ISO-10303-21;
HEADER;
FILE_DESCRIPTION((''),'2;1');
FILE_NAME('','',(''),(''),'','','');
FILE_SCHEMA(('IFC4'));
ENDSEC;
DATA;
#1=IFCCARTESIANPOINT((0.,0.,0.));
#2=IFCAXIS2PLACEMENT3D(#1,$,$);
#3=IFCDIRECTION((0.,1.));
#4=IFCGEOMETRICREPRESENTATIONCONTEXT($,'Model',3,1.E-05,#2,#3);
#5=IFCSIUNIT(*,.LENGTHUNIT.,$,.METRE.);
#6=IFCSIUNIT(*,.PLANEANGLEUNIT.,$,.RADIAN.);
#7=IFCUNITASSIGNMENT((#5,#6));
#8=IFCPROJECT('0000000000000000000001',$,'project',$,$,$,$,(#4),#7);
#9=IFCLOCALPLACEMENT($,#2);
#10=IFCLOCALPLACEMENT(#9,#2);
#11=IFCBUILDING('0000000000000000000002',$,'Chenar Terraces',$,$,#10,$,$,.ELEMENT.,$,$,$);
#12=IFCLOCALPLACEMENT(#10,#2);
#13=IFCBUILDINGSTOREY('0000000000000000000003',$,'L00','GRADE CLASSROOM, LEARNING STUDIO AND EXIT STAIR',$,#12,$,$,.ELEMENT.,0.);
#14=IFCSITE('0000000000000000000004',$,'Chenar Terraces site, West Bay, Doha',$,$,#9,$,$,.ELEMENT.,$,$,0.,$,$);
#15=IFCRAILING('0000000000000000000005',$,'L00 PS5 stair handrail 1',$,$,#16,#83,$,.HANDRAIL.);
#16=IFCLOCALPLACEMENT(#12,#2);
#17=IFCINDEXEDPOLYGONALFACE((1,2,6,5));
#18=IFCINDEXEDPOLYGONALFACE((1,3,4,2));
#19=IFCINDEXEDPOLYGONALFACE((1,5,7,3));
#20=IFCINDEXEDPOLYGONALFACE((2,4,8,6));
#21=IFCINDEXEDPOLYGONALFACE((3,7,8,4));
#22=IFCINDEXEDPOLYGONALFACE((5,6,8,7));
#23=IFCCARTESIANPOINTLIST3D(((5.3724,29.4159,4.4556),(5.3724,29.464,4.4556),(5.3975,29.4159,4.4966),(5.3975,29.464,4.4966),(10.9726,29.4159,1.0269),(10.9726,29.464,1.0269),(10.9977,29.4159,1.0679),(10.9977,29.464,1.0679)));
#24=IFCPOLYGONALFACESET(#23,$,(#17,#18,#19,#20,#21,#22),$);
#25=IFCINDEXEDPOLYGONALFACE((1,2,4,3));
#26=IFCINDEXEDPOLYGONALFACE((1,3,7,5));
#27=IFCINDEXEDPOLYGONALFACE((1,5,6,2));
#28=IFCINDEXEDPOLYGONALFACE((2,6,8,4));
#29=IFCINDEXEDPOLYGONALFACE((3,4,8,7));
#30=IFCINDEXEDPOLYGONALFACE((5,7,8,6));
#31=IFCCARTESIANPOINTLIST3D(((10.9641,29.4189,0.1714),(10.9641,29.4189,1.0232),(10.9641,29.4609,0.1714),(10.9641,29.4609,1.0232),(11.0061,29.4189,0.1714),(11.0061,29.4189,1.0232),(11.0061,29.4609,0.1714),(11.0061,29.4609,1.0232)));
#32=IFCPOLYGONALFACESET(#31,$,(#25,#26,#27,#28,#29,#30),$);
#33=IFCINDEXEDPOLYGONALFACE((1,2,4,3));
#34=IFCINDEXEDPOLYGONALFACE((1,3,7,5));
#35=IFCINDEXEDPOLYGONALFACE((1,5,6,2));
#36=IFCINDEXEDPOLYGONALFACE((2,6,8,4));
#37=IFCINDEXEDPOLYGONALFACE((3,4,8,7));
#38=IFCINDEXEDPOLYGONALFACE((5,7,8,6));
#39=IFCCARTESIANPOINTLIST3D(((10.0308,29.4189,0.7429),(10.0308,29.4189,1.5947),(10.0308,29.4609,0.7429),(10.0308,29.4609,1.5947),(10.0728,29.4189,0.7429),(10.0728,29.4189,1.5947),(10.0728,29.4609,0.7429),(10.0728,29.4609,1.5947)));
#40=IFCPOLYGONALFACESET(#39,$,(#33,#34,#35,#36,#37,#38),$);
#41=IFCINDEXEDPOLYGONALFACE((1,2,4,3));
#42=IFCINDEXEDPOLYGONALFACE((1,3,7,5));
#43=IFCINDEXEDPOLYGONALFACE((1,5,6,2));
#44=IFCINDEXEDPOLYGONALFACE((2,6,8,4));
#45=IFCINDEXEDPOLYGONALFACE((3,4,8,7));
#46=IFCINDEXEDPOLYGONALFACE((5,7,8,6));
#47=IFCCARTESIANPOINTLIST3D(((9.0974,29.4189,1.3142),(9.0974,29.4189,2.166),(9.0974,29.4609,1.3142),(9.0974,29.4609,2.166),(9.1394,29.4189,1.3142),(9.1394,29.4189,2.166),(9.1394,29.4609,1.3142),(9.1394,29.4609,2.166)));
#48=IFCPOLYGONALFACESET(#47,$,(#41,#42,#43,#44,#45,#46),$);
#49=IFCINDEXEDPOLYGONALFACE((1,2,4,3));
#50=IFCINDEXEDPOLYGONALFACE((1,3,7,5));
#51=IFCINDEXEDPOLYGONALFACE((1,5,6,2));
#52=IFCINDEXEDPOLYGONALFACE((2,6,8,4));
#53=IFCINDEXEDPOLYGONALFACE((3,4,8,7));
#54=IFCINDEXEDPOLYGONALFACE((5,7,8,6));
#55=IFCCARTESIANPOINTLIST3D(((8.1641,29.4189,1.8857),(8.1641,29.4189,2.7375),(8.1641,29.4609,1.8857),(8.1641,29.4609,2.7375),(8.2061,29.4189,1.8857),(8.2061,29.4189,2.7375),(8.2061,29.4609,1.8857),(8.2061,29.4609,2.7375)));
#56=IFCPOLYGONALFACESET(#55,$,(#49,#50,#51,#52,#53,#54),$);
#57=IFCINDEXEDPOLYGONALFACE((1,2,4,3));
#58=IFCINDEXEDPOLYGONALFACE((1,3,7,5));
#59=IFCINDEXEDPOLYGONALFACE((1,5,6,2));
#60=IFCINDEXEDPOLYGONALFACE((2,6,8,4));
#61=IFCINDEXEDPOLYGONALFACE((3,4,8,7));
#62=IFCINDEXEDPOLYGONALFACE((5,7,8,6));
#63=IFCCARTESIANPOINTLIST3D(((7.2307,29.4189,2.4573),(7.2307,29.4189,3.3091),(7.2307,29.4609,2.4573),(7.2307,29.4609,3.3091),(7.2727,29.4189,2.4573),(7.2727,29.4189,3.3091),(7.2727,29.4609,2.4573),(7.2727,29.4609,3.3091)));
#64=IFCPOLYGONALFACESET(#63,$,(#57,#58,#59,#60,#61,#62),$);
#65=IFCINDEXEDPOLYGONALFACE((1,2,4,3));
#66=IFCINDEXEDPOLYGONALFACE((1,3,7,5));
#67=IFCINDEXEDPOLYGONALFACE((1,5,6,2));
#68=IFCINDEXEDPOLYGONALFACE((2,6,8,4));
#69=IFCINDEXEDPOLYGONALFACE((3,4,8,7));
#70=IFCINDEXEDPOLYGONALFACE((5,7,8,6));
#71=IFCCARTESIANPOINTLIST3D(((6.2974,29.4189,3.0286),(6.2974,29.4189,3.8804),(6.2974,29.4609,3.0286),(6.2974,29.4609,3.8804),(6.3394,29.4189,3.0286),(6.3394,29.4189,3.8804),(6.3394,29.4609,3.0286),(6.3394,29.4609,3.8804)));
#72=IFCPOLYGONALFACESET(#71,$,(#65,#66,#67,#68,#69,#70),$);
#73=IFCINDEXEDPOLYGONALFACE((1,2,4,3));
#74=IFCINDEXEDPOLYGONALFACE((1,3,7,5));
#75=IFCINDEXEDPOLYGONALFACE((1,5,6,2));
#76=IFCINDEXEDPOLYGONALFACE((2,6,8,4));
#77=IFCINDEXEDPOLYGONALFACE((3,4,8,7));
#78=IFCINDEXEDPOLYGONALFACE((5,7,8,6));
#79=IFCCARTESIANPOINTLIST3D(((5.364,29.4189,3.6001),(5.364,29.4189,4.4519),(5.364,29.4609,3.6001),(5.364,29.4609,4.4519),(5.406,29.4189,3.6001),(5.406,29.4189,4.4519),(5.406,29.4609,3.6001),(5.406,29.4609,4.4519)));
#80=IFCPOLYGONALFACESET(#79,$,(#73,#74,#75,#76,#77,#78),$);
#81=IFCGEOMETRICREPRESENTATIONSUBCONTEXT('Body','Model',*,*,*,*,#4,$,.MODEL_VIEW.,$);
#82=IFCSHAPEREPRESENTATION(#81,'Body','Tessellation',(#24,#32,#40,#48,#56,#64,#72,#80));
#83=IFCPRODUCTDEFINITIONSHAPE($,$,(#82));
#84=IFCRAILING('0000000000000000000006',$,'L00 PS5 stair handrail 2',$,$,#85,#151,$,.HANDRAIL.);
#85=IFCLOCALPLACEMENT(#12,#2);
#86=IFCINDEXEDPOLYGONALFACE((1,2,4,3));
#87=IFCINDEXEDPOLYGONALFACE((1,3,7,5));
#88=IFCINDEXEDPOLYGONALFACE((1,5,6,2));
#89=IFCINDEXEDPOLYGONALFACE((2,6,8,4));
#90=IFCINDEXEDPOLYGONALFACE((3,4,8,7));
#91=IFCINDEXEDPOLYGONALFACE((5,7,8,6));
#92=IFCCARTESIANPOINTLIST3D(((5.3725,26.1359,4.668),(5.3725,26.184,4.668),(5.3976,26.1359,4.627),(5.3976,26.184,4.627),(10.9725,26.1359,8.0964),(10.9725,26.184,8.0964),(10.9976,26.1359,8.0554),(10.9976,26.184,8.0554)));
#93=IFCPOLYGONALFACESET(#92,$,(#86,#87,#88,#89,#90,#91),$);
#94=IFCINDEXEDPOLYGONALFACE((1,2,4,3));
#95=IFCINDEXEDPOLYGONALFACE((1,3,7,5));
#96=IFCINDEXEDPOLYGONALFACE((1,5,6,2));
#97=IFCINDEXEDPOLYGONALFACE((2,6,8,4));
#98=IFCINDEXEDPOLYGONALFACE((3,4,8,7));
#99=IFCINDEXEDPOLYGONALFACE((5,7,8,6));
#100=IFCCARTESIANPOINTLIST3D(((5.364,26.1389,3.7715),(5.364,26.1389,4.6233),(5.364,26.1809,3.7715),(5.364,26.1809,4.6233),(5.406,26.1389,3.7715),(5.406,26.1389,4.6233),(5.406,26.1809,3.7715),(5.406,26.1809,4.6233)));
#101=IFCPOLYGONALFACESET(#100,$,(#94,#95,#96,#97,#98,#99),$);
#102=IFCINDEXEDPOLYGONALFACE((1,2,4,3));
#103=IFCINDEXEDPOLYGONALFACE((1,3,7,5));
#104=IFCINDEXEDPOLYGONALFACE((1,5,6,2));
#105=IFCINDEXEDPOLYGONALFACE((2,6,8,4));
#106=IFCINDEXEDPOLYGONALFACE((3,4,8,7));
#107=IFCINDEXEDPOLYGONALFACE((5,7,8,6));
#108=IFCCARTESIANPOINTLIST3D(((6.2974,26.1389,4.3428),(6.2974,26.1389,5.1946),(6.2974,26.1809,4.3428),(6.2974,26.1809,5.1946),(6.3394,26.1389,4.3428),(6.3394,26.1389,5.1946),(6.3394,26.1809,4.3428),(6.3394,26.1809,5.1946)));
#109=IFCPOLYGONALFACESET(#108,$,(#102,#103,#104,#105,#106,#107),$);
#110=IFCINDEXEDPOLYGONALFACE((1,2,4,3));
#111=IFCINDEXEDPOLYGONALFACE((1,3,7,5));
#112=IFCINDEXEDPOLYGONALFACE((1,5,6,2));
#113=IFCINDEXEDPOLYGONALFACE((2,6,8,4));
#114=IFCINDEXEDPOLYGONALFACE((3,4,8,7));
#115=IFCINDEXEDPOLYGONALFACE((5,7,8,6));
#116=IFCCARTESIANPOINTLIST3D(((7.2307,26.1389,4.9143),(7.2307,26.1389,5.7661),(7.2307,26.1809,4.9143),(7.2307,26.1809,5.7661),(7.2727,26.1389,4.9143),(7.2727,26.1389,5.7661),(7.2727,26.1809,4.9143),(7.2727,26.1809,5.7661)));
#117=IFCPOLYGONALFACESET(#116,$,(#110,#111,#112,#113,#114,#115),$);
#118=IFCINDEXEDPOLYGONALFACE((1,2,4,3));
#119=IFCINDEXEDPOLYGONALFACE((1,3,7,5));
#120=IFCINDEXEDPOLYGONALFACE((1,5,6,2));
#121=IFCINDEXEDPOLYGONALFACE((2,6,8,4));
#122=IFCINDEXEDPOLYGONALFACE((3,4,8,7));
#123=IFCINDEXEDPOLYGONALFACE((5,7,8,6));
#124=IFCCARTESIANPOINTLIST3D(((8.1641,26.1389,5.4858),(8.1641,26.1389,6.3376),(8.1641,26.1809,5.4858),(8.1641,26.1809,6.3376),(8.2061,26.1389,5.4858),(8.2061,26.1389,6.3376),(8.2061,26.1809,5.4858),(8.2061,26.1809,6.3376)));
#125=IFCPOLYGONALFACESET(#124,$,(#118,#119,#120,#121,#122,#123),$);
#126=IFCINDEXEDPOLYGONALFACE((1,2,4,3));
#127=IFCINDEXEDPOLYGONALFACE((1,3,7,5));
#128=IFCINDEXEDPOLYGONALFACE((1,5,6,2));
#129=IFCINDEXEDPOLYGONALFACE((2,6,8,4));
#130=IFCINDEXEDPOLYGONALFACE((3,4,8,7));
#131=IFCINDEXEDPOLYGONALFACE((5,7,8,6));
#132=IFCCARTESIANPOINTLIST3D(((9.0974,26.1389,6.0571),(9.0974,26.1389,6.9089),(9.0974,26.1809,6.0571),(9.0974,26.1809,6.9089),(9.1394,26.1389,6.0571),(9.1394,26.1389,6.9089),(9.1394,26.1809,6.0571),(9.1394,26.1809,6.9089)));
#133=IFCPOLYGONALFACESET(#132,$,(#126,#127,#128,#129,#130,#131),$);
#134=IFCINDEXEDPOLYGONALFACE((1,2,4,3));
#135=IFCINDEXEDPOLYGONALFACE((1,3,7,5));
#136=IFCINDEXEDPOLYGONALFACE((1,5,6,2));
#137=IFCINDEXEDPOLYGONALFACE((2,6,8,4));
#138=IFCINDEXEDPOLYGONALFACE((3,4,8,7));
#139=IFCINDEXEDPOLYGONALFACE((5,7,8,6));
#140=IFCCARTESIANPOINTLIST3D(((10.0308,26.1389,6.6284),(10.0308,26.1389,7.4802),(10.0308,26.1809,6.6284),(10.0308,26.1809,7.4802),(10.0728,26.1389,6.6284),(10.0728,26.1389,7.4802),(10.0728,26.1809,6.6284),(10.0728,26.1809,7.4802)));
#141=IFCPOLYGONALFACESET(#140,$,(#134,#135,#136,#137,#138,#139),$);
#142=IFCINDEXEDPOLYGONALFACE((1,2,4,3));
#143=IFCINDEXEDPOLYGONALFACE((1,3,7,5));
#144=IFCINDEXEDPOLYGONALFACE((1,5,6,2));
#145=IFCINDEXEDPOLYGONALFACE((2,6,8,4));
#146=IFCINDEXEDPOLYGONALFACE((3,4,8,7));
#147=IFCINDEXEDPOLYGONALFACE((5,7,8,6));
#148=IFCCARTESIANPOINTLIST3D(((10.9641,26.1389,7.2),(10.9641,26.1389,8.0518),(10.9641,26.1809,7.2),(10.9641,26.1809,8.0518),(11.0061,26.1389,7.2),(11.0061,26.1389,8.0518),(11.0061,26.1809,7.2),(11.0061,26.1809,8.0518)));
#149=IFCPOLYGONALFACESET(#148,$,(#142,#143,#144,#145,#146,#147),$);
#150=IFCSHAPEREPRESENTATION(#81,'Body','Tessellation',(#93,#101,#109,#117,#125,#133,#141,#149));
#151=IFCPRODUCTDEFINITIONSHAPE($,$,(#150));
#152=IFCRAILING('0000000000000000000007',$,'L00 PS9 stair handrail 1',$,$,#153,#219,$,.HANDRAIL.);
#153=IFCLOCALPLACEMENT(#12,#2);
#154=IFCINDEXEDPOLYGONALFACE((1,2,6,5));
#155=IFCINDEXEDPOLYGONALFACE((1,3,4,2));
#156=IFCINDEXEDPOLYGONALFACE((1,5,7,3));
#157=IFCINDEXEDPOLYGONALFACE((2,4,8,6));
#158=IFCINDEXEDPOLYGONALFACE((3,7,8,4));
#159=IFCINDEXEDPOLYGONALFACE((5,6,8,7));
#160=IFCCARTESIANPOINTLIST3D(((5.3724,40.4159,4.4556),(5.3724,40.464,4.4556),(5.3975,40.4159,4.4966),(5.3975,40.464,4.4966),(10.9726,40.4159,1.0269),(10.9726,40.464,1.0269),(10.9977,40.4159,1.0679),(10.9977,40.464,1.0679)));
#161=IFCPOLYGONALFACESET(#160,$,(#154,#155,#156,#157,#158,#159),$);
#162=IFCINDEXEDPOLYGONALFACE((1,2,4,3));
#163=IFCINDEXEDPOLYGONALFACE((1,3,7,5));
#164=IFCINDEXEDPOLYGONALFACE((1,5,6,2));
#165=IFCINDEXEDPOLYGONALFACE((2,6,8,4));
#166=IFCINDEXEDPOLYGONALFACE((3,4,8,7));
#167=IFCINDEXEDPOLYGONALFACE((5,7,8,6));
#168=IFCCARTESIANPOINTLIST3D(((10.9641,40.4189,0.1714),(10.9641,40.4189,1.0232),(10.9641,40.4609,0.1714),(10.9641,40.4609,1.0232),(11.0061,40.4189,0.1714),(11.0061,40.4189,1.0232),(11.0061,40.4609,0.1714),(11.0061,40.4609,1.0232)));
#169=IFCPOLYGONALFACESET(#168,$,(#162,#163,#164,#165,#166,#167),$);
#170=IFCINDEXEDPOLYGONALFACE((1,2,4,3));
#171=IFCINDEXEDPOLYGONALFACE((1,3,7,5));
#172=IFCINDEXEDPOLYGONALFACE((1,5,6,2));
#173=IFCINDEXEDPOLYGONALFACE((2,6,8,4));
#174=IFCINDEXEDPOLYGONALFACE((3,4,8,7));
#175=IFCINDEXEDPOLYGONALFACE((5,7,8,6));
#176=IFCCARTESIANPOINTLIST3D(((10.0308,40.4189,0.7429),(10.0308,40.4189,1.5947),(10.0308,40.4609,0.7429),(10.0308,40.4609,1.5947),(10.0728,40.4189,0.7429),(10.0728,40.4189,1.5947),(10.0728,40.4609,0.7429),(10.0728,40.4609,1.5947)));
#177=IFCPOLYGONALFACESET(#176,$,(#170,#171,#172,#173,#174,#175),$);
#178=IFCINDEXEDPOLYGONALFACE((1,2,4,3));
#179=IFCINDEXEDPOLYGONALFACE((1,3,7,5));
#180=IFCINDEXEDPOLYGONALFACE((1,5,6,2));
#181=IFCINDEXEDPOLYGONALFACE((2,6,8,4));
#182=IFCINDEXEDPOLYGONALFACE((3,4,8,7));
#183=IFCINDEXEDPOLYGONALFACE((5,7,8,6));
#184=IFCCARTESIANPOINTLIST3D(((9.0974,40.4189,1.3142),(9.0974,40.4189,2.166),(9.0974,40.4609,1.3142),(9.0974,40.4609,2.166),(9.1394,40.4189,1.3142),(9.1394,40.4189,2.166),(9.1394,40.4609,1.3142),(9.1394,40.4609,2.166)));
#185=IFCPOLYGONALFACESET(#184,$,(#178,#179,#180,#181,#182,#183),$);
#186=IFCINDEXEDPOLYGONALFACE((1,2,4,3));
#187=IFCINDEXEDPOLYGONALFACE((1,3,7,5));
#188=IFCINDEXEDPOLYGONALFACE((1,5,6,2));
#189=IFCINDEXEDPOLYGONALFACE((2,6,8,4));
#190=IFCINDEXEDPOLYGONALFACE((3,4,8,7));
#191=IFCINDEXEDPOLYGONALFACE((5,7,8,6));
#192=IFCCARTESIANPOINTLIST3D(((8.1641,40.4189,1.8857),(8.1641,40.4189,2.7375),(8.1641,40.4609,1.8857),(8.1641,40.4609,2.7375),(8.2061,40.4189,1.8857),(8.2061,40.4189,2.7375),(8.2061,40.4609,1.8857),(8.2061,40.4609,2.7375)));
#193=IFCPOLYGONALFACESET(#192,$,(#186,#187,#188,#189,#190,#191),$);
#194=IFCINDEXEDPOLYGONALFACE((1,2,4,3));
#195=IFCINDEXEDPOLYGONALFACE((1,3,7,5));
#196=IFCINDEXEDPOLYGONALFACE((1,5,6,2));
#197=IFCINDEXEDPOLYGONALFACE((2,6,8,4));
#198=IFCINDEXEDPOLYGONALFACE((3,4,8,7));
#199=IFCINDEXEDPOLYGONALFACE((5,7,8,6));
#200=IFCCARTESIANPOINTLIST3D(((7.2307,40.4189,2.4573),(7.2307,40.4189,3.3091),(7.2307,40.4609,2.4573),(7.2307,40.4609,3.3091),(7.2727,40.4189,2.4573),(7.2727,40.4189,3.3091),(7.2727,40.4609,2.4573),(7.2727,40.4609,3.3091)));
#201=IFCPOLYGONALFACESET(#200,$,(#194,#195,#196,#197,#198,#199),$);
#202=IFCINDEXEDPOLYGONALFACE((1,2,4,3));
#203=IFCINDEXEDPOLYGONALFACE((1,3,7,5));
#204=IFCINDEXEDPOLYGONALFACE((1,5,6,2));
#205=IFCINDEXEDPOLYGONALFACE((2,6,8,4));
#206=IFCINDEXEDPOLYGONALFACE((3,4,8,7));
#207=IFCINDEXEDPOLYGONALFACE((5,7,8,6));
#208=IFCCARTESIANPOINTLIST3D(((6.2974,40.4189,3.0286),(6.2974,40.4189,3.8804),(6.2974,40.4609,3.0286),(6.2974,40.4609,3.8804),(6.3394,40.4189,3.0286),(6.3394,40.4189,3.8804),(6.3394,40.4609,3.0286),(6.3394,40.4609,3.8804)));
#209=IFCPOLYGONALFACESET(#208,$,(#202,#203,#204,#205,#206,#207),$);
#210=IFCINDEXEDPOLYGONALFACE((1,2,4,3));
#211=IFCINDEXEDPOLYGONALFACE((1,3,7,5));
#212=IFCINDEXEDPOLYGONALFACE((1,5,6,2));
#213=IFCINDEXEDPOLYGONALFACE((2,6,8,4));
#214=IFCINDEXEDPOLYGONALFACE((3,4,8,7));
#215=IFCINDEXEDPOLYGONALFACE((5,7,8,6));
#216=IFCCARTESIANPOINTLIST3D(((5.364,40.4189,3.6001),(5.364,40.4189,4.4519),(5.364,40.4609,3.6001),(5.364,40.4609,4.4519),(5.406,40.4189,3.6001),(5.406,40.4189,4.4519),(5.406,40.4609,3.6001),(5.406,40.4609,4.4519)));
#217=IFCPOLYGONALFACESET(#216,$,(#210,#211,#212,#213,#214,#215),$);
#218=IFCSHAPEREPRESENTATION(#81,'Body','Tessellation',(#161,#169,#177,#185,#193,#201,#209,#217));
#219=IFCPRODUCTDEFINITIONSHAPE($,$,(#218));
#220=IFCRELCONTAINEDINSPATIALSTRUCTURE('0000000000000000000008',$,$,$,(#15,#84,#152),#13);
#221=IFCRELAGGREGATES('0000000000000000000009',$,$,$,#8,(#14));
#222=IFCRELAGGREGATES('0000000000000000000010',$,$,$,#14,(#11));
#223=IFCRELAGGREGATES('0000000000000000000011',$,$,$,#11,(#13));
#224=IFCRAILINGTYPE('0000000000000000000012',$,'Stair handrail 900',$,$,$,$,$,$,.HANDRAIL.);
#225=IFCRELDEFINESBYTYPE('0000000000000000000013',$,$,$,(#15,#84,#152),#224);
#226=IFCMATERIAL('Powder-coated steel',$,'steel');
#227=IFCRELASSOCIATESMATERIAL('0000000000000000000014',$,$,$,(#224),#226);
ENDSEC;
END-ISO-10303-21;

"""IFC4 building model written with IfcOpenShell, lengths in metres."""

from ifc_helpers import new_model, si_unit, direction, frame, origin, origin_2d, place, context, subcontext, project, spatial, rectangle, extrude, material, type_object, element, save


model = new_model("IFC4")

# Units and contexts
model_context = context("Model", 3, precision=1e-05, world=origin(), true_north=direction((0.0, 1.0)))
body_context = subcontext(model_context, "Body", "Model", "MODEL_VIEW")
ifc_project = project(units=[si_unit("LENGTHUNIT", "METRE"), si_unit("PLANEANGLEUNIT", "RADIAN")], contexts=[model_context])

# Site, building, storey
site_placement = place(None, origin())
site = spatial("IfcSite", under=ifc_project, at=site_placement, Name="Chenar Terraces site, West Bay, Doha", CompositionType="ELEMENT", RefElevation=0.0)
building_placement = place(site_placement, origin())
building = spatial("IfcBuilding", under=site, at=building_placement, Name="Chenar Terraces", CompositionType="ELEMENT")
storey_placement = place(building_placement, origin())
storey = spatial("IfcBuildingStorey", under=building, at=storey_placement, Name="L00", Description="GRADE CLASSROOM, LEARNING STUDIO AND EXIT STAIR", CompositionType="ELEMENT", Elevation=0.0)

# Railings
ifc_material_1 = material(Name="Powder-coated steel", Category="steel")
railing_type_1 = type_object("IfcRailingType", Name="Stair handrail 900", PredefinedType="HANDRAIL", material=ifc_material_1)
railing_1_placement = place(storey_placement, frame((10.9851, 29.4399, 0.1714)))
element("IfcRailing", 1, at=railing_1_placement, inside=storey, type_object=railing_type_1, Name="L00 PS5 stair handrail 1", PredefinedType="HANDRAIL", context=body_context, shape_type="SweptSolid", body=[
    extrude(rectangle(XDim=0.0481, YDim=0.0481, at=origin_2d()), frame((0.0, 0.0, 0.876), z_axis=(-0.852846, 0.0, 0.522163), x_axis=(0.0, -1.0, 0.0)), (0.0, 0.0, 1.0), 6.5664),
    extrude(rectangle(XDim=0.042, YDim=0.042, at=origin_2d()), origin(), (0.0, 0.0, 1.0), 0.8518),
    extrude(rectangle(XDim=0.042, YDim=0.042, at=origin_2d()), frame((-0.9333, 0.0, 0.5715)), (0.0, 0.0, 1.0), 0.8518),
    extrude(rectangle(XDim=0.042, YDim=0.042, at=origin_2d()), frame((-1.8667, 0.0, 1.1428)), (0.0, 0.0, 1.0), 0.8518),
    extrude(rectangle(XDim=0.042, YDim=0.042, at=origin_2d()), frame((-2.8, 0.0, 1.7144)), (0.0, 0.0, 1.0), 0.8518),
    extrude(rectangle(XDim=0.042, YDim=0.042, at=origin_2d()), frame((-3.7334, 0.0, 2.2859)), (0.0, 0.0, 1.0), 0.8518),
    extrude(rectangle(XDim=0.042, YDim=0.042, at=origin_2d()), frame((-4.6667, 0.0, 2.8572)), (0.0, 0.0, 1.0), 0.8518),
    extrude(rectangle(XDim=0.042, YDim=0.042, at=origin_2d()), frame((-5.6001, 0.0, 3.4287)), (0.0, 0.0, 1.0), 0.8518),
])
railing_2_placement = place(storey_placement, frame((5.385, 26.1599, 3.7715)))
element("IfcRailing", 2, at=railing_2_placement, inside=storey, type_object=railing_type_1, Name="L00 PS5 stair handrail 2", PredefinedType="HANDRAIL", context=body_context, shape_type="SweptSolid", body=[
    extrude(rectangle(XDim=0.0481, YDim=0.0481, at=origin_2d()), frame((0.0, 0.0, 0.876), z_axis=(0.852862, 0.0, 0.522136), x_axis=(0.0, 1.0, 0.0)), (0.0, 0.0, 1.0), 6.5662),
    extrude(rectangle(XDim=0.042, YDim=0.042, at=origin_2d()), origin(), (0.0, 0.0, 1.0), 0.8518),
    extrude(rectangle(XDim=0.042, YDim=0.042, at=origin_2d()), frame((0.9333, 0.0, 0.5713)), (0.0, 0.0, 1.0), 0.8518),
    extrude(rectangle(XDim=0.042, YDim=0.042, at=origin_2d()), frame((1.8667, 0.0, 1.1428)), (0.0, 0.0, 1.0), 0.8518),
    extrude(rectangle(XDim=0.042, YDim=0.042, at=origin_2d()), frame((2.8, 0.0, 1.7144)), (0.0, 0.0, 1.0), 0.8518),
    extrude(rectangle(XDim=0.042, YDim=0.042, at=origin_2d()), frame((3.7334, 0.0, 2.2856)), (0.0, 0.0, 1.0), 0.8518),
    extrude(rectangle(XDim=0.042, YDim=0.042, at=origin_2d()), frame((4.6667, 0.0, 2.8569)), (0.0, 0.0, 1.0), 0.8518),
    extrude(rectangle(XDim=0.042, YDim=0.042, at=origin_2d()), frame((5.6001, 0.0, 3.4285)), (0.0, 0.0, 1.0), 0.8518),
])
railing_3_placement = place(storey_placement, frame((10.9851, 40.4399, 0.1714)))
element("IfcRailing", 3, at=railing_3_placement, inside=storey, type_object=railing_type_1, Name="L00 PS9 stair handrail 1", PredefinedType="HANDRAIL", context=body_context, shape_type="SweptSolid", body=[
    extrude(rectangle(XDim=0.0481, YDim=0.0481, at=origin_2d()), frame((0.0, 0.0, 0.876), z_axis=(-0.852846, 0.0, 0.522163), x_axis=(0.0, -1.0, 0.0)), (0.0, 0.0, 1.0), 6.5664),
    extrude(rectangle(XDim=0.042, YDim=0.042, at=origin_2d()), origin(), (0.0, 0.0, 1.0), 0.8518),
    extrude(rectangle(XDim=0.042, YDim=0.042, at=origin_2d()), frame((-0.9333, 0.0, 0.5715)), (0.0, 0.0, 1.0), 0.8518),
    extrude(rectangle(XDim=0.042, YDim=0.042, at=origin_2d()), frame((-1.8667, 0.0, 1.1428)), (0.0, 0.0, 1.0), 0.8518),
    extrude(rectangle(XDim=0.042, YDim=0.042, at=origin_2d()), frame((-2.8, 0.0, 1.7144)), (0.0, 0.0, 1.0), 0.8518),
    extrude(rectangle(XDim=0.042, YDim=0.042, at=origin_2d()), frame((-3.7334, 0.0, 2.2859)), (0.0, 0.0, 1.0), 0.8518),
    extrude(rectangle(XDim=0.042, YDim=0.042, at=origin_2d()), frame((-4.6667, 0.0, 2.8572)), (0.0, 0.0, 1.0), 0.8518),
    extrude(rectangle(XDim=0.042, YDim=0.042, at=origin_2d()), frame((-5.6001, 0.0, 3.4287)), (0.0, 0.0, 1.0), 0.8518),
])

save(model, "model.ifc")
